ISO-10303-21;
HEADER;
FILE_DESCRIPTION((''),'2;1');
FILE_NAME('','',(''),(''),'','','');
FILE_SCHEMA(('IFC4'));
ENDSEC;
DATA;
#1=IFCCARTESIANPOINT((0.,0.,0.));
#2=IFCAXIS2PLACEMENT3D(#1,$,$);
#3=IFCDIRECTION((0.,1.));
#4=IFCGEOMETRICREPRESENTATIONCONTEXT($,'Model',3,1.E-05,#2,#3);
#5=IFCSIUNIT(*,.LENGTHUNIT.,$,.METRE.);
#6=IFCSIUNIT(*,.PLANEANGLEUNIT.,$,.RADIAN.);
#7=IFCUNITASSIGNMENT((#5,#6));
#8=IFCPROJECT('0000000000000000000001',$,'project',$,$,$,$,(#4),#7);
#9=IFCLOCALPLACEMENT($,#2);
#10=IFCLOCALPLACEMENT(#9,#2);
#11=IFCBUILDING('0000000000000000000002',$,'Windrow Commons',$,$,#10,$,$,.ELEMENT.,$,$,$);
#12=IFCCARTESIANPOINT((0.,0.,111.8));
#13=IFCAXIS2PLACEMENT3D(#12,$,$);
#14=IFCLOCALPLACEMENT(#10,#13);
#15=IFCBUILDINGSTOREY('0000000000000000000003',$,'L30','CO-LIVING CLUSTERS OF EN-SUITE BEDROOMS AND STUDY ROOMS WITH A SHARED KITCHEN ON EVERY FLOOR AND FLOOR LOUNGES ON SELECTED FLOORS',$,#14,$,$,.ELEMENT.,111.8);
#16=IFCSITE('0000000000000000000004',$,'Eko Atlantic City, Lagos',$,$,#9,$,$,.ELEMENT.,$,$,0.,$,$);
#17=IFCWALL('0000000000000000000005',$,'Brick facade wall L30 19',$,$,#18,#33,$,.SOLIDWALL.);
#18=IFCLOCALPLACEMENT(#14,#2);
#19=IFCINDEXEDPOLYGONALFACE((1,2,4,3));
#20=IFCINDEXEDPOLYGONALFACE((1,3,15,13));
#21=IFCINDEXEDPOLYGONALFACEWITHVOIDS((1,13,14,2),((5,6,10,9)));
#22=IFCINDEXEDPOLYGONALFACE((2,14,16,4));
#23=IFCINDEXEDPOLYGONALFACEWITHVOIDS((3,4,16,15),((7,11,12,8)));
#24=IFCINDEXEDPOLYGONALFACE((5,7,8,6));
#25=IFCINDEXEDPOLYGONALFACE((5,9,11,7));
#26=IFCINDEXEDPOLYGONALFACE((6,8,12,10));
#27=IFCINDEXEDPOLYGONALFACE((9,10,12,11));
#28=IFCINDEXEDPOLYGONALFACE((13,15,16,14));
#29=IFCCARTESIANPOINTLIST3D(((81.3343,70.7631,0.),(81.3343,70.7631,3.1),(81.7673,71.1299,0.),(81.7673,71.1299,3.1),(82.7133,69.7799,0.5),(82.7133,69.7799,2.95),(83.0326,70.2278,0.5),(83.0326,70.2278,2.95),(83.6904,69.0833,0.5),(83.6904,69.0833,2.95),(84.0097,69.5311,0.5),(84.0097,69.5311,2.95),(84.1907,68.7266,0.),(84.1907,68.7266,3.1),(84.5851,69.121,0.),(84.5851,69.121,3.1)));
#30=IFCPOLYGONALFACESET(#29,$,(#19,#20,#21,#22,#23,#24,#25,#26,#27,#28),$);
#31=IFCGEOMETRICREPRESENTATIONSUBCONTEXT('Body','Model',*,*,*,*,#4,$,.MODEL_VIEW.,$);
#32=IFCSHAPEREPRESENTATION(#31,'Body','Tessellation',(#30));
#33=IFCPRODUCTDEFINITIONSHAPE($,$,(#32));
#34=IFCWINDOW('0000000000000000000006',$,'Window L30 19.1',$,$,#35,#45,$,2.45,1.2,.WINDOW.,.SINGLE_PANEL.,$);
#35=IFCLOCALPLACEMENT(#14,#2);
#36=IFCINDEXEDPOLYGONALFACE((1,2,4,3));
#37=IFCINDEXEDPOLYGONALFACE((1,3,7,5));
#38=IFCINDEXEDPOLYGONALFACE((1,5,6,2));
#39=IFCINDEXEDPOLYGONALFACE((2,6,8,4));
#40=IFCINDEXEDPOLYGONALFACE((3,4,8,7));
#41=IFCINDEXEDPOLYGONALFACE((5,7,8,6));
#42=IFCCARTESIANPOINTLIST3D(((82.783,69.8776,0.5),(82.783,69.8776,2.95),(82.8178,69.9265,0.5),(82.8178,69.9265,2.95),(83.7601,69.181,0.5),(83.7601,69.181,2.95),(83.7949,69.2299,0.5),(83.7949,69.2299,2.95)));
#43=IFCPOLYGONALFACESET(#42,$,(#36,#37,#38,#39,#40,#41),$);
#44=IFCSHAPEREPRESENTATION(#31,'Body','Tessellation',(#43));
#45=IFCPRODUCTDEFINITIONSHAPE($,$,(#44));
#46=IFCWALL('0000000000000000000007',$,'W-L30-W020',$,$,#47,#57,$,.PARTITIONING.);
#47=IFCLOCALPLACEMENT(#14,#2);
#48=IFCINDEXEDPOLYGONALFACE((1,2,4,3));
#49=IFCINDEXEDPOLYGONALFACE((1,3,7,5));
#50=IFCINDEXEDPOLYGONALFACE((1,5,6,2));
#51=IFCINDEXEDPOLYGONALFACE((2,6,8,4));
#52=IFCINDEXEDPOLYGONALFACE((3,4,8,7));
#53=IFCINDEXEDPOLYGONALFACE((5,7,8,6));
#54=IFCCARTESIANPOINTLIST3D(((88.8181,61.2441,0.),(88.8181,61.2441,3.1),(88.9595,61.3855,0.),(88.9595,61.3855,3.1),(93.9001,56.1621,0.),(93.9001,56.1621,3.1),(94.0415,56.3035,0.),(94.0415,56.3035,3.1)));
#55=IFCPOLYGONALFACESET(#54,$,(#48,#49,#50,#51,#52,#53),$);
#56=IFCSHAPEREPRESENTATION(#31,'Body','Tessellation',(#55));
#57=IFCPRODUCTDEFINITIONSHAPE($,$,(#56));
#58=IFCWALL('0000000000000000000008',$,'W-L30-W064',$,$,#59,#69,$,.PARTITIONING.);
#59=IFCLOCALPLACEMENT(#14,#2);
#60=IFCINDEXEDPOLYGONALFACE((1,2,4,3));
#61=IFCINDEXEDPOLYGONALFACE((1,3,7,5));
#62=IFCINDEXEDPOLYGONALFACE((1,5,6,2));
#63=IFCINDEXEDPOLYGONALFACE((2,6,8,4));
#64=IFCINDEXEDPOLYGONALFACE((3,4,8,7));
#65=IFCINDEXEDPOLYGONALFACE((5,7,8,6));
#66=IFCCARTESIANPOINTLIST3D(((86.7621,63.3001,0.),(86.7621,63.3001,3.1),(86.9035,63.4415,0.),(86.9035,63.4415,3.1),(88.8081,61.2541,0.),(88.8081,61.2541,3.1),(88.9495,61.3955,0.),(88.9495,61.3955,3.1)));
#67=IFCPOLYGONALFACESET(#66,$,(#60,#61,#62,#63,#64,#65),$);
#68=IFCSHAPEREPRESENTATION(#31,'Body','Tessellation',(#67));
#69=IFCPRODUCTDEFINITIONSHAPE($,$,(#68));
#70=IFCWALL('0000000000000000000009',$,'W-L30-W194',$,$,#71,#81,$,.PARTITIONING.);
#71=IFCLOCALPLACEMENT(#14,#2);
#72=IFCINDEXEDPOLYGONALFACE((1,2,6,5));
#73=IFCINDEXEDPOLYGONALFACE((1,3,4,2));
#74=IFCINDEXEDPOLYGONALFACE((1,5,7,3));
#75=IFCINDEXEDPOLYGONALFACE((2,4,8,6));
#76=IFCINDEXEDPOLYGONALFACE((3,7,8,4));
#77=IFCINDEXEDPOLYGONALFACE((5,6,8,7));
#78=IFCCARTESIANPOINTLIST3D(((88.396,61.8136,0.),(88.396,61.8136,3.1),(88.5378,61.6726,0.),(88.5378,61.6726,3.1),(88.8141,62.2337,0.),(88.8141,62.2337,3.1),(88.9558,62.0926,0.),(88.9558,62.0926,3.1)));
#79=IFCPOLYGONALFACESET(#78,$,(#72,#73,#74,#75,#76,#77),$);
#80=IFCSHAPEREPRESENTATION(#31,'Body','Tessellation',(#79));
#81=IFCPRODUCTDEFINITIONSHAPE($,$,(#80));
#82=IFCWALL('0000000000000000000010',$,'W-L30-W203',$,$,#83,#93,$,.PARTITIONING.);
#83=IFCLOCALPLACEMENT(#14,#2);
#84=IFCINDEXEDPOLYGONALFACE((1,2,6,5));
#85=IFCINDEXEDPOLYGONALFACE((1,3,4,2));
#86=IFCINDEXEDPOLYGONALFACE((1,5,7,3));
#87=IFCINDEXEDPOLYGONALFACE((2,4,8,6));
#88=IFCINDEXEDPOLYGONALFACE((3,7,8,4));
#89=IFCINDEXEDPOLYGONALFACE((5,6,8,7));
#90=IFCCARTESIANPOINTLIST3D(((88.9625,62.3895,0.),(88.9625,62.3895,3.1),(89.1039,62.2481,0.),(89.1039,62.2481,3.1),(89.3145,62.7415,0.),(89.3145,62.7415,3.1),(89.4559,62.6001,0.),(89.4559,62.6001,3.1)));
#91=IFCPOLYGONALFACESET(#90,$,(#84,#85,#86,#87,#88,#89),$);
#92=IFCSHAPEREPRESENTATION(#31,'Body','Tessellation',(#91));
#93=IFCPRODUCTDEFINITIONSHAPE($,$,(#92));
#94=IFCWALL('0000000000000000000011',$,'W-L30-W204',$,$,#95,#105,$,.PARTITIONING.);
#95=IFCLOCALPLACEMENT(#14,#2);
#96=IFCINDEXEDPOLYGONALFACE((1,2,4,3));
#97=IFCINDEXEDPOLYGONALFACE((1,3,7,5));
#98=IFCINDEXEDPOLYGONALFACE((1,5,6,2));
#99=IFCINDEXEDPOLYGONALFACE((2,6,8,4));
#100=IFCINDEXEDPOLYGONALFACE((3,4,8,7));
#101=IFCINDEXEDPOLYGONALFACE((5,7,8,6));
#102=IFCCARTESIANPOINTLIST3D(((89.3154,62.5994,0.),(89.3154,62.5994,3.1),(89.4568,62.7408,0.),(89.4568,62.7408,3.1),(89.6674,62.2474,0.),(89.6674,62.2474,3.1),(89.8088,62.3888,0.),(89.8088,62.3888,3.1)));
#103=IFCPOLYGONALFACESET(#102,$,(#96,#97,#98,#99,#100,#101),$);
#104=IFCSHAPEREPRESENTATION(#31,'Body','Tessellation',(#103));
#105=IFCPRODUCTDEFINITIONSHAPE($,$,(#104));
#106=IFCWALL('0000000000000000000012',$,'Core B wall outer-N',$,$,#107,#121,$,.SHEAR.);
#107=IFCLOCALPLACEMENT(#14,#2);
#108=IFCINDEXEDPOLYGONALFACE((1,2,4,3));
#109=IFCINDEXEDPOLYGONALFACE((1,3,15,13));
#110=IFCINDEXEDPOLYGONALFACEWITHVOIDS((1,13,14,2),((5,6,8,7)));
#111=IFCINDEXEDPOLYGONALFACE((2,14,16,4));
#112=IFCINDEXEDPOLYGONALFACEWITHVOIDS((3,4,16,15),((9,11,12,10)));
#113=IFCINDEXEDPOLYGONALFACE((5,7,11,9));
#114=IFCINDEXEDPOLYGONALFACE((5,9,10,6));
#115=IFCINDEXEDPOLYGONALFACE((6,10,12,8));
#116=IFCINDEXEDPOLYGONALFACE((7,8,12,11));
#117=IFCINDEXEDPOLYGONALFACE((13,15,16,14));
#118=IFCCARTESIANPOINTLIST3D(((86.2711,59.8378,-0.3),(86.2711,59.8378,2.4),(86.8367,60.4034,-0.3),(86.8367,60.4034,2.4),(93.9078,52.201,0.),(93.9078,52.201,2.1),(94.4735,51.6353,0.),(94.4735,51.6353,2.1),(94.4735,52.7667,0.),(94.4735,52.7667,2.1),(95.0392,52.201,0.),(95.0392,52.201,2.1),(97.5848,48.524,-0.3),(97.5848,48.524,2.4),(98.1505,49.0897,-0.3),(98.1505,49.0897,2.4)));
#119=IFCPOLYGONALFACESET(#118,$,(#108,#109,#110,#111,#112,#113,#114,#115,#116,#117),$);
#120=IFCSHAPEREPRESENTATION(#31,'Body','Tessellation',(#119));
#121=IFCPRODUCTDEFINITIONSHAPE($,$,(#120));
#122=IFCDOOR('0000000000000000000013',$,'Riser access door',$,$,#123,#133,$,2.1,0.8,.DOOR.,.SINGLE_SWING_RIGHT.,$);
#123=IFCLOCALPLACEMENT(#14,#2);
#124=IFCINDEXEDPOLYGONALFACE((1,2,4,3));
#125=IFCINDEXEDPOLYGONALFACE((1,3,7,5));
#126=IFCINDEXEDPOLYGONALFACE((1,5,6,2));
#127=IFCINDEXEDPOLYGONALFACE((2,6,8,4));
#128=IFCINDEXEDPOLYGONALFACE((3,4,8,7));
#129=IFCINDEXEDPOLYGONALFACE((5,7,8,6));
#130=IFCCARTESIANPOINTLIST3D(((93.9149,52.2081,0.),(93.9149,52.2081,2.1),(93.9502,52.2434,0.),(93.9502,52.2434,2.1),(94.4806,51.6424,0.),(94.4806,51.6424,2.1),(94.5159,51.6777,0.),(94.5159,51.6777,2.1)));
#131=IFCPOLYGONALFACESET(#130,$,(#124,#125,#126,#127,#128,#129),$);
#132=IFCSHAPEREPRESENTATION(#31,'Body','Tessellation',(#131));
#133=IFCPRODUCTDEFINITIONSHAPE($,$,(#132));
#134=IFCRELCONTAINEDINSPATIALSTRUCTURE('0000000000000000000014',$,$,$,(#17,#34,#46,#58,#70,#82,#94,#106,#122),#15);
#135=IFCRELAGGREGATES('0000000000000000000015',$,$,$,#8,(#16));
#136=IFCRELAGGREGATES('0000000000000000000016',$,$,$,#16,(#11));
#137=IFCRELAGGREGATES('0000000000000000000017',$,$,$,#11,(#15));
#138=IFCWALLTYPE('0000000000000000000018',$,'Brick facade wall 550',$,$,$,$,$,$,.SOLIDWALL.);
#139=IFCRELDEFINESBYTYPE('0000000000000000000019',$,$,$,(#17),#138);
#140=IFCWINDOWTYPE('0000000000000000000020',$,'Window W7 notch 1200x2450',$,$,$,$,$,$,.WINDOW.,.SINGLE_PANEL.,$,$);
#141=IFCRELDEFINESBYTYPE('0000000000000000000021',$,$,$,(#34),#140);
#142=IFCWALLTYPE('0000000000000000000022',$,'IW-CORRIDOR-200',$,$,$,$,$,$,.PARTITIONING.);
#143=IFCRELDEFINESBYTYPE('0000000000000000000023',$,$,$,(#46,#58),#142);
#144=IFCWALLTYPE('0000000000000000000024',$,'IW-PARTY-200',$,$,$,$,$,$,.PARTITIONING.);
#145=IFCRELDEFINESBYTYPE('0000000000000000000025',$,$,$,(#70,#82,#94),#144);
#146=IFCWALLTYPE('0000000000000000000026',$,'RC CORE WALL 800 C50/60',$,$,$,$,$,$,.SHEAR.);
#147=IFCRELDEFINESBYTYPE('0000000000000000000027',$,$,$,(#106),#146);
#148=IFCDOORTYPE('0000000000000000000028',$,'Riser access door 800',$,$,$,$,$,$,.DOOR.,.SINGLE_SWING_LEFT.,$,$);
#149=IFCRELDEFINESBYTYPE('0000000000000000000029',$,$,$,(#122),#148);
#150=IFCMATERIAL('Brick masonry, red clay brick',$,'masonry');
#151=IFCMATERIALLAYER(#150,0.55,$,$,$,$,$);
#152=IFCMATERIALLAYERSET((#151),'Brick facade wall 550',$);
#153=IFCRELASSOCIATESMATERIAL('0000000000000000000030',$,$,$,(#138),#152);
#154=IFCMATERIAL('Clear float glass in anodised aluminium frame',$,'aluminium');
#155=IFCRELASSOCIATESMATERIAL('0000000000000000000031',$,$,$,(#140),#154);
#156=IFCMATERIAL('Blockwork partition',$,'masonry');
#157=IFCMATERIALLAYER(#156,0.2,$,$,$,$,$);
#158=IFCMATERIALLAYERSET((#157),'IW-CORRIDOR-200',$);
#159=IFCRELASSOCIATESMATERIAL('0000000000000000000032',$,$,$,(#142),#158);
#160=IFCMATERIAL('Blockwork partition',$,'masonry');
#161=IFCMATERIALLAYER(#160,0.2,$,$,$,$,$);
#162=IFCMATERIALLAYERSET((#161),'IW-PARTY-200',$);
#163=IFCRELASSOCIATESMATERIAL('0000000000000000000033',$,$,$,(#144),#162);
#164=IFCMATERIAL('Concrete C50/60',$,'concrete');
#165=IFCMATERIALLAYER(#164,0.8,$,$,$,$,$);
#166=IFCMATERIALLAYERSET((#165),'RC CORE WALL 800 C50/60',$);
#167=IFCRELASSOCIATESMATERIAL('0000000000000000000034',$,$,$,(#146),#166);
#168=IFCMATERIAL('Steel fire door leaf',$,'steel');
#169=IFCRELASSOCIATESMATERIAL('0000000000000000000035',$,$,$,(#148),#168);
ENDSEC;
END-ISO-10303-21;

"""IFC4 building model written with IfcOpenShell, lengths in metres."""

from ifc_helpers import new_model, si_unit, direction, frame, frame_2d, origin, place, context, subcontext, project, spatial, polyline, rectangle, outline, extrude, material, layer, layer_set, type_object, element, fill, save


model = new_model("IFC4")

# Units and contexts
model_context = context("Model", 3, precision=1e-05, world=origin(), true_north=direction((0.0, 1.0)))
body_context = subcontext(model_context, "Body", "Model", "MODEL_VIEW")
ifc_project = project(units=[si_unit("LENGTHUNIT", "METRE"), si_unit("PLANEANGLEUNIT", "RADIAN")], contexts=[model_context])

# Site, building, storey
site_placement = place(None, origin())
site = spatial("IfcSite", under=ifc_project, at=site_placement, Name="Eko Atlantic City, Lagos", CompositionType="ELEMENT", RefElevation=0.0)
building_placement = place(site_placement, origin())
building = spatial("IfcBuilding", under=site, at=building_placement, Name="Windrow Commons", CompositionType="ELEMENT")
storey_placement = place(building_placement, frame((0.0, 0.0, 111.8)))
storey = spatial("IfcBuildingStorey", under=building, at=storey_placement, Name="L30", Description="CO-LIVING CLUSTERS OF EN-SUITE BEDROOMS AND STUDY ROOMS WITH A SHARED KITCHEN ON EVERY FLOOR AND FLOOR LOUNGES ON SELECTED FLOORS", CompositionType="ELEMENT", Elevation=111.8)

# Shared definitions
ifc_material_1 = material(Name="Brick masonry, red clay brick", Category="masonry")
ifc_layer_1 = layer(ifc_material_1, 0.55)
ifc_layer_set_1 = layer_set([ifc_layer_1], Name="Brick facade wall 550")
wall_type_1 = type_object("IfcWallType", Name="Brick facade wall 550", PredefinedType="SOLIDWALL", material=ifc_layer_set_1)
ifc_material_2 = material(Name="Clear float glass in anodised aluminium frame", Category="aluminium")
window_type_1 = type_object("IfcWindowType", Name="Window W7 notch 1200x2450", PartitioningType="SINGLE_PANEL", PredefinedType="WINDOW", material=ifc_material_2)

# Wall, opening, window
wall_1_placement = place(storey_placement, frame((84.3879, 68.9238, 0.0), z_axis=(0.0, 0.0, 1.0), x_axis=(-0.814249, 0.580516, 0.0)))
wall_1 = element("IfcWall", 1, at=wall_1_placement, inside=storey, type_object=wall_type_1, Name="Brick facade wall L30 19", PredefinedType="SOLIDWALL", context=body_context, shape_type="SweptSolid", body=[
    extrude(outline(polyline([(-0.0461, -0.275), (3.4145, -0.275), (3.5541, 0.275), (0.0461, 0.275), (-0.0461, -0.275)])), origin(), (0.0, 0.0, 1.0), 3.1),
])
opening_1_placement = place(wall_1_placement, frame((0.6605, 0.0, 0.5)))
opening_1 = element("IfcOpeningElement", 2, at=opening_1_placement, cuts=wall_1, PredefinedType="OPENING", context=body_context, shape_type="SweptSolid", body=[
    extrude(rectangle(XDim=1.2, YDim=2.45, at=frame_2d((0.6, 1.225))), frame((0.0, 0.285, 0.0), z_axis=(0.0, -1.0, 0.0), x_axis=(1.0, 0.0, 0.0)), (0.0, 0.0, 1.0), 0.57),
])
window_1_placement = place(opening_1_placement, origin())
window_1 = element("IfcWindow", 3, at=window_1_placement, inside=storey, type_object=window_type_1, Name="Window L30 19.1", OverallHeight=2.45, OverallWidth=1.2, PartitioningType="SINGLE_PANEL", PredefinedType="WINDOW", context=body_context, shape_type="SweptSolid", body=[
    extrude(rectangle(XDim=1.2, YDim=2.45, at=frame_2d((0.6, 1.225))), frame((0.0, 0.155, 0.0), z_axis=(0.0, -1.0, 0.0), x_axis=(1.0, 0.0, 0.0)), (0.0, 0.0, 1.0), 0.06),
])
fill(opening_1, window_1)

# Walls
ifc_material_3 = material(Name="Blockwork partition", Category="masonry")
ifc_layer_2 = layer(ifc_material_3, 0.2)
ifc_layer_set_2 = layer_set([ifc_layer_2], Name="IW-CORRIDOR-200")
wall_type_2 = type_object("IfcWallType", Name="IW-CORRIDOR-200", PredefinedType="PARTITIONING", material=ifc_layer_set_2)
wall_2_placement = place(storey_placement, frame((88.8888, 61.3148, 0.0), z_axis=(0.0, 0.0, 1.0), x_axis=(0.707107, -0.707107, 0.0)))
element("IfcWall", 4, at=wall_2_placement, inside=storey, type_object=wall_type_2, Name="W-L30-W020", PredefinedType="PARTITIONING", context=body_context, shape_type="SweptSolid", body=[
    extrude(rectangle(XDim=7.187, YDim=0.2, at=frame_2d((3.5935, 0.0))), origin(), (0.0, 0.0, 1.0), 3.1),
])
wall_3_placement = place(storey_placement, frame((86.8328, 63.3708, 0.0), z_axis=(0.0, 0.0, 1.0), x_axis=(0.707107, -0.707107, 0.0)))
element("IfcWall", 5, at=wall_3_placement, inside=storey, type_object=wall_type_2, Name="W-L30-W064", PredefinedType="PARTITIONING", context=body_context, shape_type="SweptSolid", body=[
    extrude(rectangle(XDim=2.8935, YDim=0.2, at=frame_2d((1.4467, 0.0))), origin(), (0.0, 0.0, 1.0), 3.1),
])
ifc_material_4 = material(Name="Blockwork partition", Category="masonry")
ifc_layer_3 = layer(ifc_material_4, 0.2)
ifc_layer_set_3 = layer_set([ifc_layer_3], Name="IW-PARTY-200")
wall_type_3 = type_object("IfcWallType", Name="IW-PARTY-200", PredefinedType="PARTITIONING", material=ifc_layer_set_3)
wall_4_placement = place(storey_placement, frame((88.4669, 61.7431, 0.0), z_axis=(0.0, 0.0, 1.0), x_axis=(0.705417, 0.708792, 0.0)))
element("IfcWall", 6, at=wall_4_placement, inside=storey, type_object=wall_type_3, Name="W-L30-W194", PredefinedType="PARTITIONING", context=body_context, shape_type="SweptSolid", body=[
    extrude(rectangle(XDim=0.5926, YDim=0.2, at=frame_2d((0.2963, 0.0))), origin(), (0.0, 0.0, 1.0), 3.1),
])
for number, where, z_axis, x_axis, name in (
    (7, (89.0332, 62.3188, 0.0), (0.0, 0.0, 1.0), (0.707107, 0.707107, 0.0), "W-L30-W203"),
    (8, (89.3861, 62.6701, 0.0), (0.0, 0.0, 1.0), (0.707107, -0.707107, 0.0), "W-L30-W204"),
):
    element("IfcWall", number, at=place(storey_placement, frame(where, z_axis=z_axis, x_axis=x_axis)), inside=storey, type_object=wall_type_3, Name=name, PredefinedType="PARTITIONING", context=body_context, shape_type="SweptSolid", body=[
        extrude(rectangle(XDim=0.4978, YDim=0.2, at=frame_2d((0.2489, 0.0))), origin(), (0.0, 0.0, 1.0), 3.1),
    ])

# Wall, opening, door
ifc_material_5 = material(Name="Concrete C50/60", Category="concrete")
ifc_layer_4 = layer(ifc_material_5, 0.8)
ifc_layer_set_4 = layer_set([ifc_layer_4], Name="RC CORE WALL 800 C50/60")
wall_type_4 = type_object("IfcWallType", Name="RC CORE WALL 800 C50/60", PredefinedType="SHEAR", material=ifc_layer_set_4)
wall_5_placement = place(storey_placement, frame((86.5539, 60.1206, -0.3), z_axis=(0.0, 0.0, 1.0), x_axis=(0.707107, -0.707107, 0.0)))
wall_5 = element("IfcWall", 9, at=wall_5_placement, inside=storey, type_object=wall_type_4, Name="Core B wall outer-N", PredefinedType="SHEAR", context=body_context, shape_type="SweptSolid", body=[
    extrude(rectangle(XDim=16.0, YDim=0.8, at=frame_2d((8.0, 0.0))), origin(), (0.0, 0.0, 1.0), 2.7),
])
opening_2_placement = place(wall_5_placement, frame((10.8, 0.0, 0.3)))
opening_2 = element("IfcOpeningElement", 10, at=opening_2_placement, cuts=wall_5, PredefinedType="OPENING", context=body_context, shape_type="SweptSolid", body=[
    extrude(rectangle(XDim=0.8, YDim=2.1, at=frame_2d((0.4, 1.05))), frame((0.0, 0.41, 0.0), z_axis=(0.0, -1.0, 0.0), x_axis=(1.0, 0.0, 0.0)), (0.0, 0.0, 1.0), 0.82),
])
ifc_material_6 = material(Name="Steel fire door leaf", Category="steel")
door_type = type_object("IfcDoorType", Name="Riser access door 800", OperationType="SINGLE_SWING_LEFT", PredefinedType="DOOR", material=ifc_material_6)
door_placement = place(opening_2_placement, origin())
door = element("IfcDoor", 11, at=door_placement, inside=storey, type_object=door_type, Name="Riser access door", OperationType="SINGLE_SWING_RIGHT", OverallHeight=2.1, OverallWidth=0.8, PredefinedType="DOOR", context=body_context, shape_type="SweptSolid", body=[
    extrude(rectangle(XDim=0.8, YDim=2.1, at=frame_2d((0.4, 1.05))), frame((0.0, -0.34, 0.0), z_axis=(0.0, -1.0, 0.0), x_axis=(1.0, 0.0, 0.0)), (0.0, 0.0, 1.0), 0.05),
])
fill(opening_2, door)

save(model, "model.ifc")
